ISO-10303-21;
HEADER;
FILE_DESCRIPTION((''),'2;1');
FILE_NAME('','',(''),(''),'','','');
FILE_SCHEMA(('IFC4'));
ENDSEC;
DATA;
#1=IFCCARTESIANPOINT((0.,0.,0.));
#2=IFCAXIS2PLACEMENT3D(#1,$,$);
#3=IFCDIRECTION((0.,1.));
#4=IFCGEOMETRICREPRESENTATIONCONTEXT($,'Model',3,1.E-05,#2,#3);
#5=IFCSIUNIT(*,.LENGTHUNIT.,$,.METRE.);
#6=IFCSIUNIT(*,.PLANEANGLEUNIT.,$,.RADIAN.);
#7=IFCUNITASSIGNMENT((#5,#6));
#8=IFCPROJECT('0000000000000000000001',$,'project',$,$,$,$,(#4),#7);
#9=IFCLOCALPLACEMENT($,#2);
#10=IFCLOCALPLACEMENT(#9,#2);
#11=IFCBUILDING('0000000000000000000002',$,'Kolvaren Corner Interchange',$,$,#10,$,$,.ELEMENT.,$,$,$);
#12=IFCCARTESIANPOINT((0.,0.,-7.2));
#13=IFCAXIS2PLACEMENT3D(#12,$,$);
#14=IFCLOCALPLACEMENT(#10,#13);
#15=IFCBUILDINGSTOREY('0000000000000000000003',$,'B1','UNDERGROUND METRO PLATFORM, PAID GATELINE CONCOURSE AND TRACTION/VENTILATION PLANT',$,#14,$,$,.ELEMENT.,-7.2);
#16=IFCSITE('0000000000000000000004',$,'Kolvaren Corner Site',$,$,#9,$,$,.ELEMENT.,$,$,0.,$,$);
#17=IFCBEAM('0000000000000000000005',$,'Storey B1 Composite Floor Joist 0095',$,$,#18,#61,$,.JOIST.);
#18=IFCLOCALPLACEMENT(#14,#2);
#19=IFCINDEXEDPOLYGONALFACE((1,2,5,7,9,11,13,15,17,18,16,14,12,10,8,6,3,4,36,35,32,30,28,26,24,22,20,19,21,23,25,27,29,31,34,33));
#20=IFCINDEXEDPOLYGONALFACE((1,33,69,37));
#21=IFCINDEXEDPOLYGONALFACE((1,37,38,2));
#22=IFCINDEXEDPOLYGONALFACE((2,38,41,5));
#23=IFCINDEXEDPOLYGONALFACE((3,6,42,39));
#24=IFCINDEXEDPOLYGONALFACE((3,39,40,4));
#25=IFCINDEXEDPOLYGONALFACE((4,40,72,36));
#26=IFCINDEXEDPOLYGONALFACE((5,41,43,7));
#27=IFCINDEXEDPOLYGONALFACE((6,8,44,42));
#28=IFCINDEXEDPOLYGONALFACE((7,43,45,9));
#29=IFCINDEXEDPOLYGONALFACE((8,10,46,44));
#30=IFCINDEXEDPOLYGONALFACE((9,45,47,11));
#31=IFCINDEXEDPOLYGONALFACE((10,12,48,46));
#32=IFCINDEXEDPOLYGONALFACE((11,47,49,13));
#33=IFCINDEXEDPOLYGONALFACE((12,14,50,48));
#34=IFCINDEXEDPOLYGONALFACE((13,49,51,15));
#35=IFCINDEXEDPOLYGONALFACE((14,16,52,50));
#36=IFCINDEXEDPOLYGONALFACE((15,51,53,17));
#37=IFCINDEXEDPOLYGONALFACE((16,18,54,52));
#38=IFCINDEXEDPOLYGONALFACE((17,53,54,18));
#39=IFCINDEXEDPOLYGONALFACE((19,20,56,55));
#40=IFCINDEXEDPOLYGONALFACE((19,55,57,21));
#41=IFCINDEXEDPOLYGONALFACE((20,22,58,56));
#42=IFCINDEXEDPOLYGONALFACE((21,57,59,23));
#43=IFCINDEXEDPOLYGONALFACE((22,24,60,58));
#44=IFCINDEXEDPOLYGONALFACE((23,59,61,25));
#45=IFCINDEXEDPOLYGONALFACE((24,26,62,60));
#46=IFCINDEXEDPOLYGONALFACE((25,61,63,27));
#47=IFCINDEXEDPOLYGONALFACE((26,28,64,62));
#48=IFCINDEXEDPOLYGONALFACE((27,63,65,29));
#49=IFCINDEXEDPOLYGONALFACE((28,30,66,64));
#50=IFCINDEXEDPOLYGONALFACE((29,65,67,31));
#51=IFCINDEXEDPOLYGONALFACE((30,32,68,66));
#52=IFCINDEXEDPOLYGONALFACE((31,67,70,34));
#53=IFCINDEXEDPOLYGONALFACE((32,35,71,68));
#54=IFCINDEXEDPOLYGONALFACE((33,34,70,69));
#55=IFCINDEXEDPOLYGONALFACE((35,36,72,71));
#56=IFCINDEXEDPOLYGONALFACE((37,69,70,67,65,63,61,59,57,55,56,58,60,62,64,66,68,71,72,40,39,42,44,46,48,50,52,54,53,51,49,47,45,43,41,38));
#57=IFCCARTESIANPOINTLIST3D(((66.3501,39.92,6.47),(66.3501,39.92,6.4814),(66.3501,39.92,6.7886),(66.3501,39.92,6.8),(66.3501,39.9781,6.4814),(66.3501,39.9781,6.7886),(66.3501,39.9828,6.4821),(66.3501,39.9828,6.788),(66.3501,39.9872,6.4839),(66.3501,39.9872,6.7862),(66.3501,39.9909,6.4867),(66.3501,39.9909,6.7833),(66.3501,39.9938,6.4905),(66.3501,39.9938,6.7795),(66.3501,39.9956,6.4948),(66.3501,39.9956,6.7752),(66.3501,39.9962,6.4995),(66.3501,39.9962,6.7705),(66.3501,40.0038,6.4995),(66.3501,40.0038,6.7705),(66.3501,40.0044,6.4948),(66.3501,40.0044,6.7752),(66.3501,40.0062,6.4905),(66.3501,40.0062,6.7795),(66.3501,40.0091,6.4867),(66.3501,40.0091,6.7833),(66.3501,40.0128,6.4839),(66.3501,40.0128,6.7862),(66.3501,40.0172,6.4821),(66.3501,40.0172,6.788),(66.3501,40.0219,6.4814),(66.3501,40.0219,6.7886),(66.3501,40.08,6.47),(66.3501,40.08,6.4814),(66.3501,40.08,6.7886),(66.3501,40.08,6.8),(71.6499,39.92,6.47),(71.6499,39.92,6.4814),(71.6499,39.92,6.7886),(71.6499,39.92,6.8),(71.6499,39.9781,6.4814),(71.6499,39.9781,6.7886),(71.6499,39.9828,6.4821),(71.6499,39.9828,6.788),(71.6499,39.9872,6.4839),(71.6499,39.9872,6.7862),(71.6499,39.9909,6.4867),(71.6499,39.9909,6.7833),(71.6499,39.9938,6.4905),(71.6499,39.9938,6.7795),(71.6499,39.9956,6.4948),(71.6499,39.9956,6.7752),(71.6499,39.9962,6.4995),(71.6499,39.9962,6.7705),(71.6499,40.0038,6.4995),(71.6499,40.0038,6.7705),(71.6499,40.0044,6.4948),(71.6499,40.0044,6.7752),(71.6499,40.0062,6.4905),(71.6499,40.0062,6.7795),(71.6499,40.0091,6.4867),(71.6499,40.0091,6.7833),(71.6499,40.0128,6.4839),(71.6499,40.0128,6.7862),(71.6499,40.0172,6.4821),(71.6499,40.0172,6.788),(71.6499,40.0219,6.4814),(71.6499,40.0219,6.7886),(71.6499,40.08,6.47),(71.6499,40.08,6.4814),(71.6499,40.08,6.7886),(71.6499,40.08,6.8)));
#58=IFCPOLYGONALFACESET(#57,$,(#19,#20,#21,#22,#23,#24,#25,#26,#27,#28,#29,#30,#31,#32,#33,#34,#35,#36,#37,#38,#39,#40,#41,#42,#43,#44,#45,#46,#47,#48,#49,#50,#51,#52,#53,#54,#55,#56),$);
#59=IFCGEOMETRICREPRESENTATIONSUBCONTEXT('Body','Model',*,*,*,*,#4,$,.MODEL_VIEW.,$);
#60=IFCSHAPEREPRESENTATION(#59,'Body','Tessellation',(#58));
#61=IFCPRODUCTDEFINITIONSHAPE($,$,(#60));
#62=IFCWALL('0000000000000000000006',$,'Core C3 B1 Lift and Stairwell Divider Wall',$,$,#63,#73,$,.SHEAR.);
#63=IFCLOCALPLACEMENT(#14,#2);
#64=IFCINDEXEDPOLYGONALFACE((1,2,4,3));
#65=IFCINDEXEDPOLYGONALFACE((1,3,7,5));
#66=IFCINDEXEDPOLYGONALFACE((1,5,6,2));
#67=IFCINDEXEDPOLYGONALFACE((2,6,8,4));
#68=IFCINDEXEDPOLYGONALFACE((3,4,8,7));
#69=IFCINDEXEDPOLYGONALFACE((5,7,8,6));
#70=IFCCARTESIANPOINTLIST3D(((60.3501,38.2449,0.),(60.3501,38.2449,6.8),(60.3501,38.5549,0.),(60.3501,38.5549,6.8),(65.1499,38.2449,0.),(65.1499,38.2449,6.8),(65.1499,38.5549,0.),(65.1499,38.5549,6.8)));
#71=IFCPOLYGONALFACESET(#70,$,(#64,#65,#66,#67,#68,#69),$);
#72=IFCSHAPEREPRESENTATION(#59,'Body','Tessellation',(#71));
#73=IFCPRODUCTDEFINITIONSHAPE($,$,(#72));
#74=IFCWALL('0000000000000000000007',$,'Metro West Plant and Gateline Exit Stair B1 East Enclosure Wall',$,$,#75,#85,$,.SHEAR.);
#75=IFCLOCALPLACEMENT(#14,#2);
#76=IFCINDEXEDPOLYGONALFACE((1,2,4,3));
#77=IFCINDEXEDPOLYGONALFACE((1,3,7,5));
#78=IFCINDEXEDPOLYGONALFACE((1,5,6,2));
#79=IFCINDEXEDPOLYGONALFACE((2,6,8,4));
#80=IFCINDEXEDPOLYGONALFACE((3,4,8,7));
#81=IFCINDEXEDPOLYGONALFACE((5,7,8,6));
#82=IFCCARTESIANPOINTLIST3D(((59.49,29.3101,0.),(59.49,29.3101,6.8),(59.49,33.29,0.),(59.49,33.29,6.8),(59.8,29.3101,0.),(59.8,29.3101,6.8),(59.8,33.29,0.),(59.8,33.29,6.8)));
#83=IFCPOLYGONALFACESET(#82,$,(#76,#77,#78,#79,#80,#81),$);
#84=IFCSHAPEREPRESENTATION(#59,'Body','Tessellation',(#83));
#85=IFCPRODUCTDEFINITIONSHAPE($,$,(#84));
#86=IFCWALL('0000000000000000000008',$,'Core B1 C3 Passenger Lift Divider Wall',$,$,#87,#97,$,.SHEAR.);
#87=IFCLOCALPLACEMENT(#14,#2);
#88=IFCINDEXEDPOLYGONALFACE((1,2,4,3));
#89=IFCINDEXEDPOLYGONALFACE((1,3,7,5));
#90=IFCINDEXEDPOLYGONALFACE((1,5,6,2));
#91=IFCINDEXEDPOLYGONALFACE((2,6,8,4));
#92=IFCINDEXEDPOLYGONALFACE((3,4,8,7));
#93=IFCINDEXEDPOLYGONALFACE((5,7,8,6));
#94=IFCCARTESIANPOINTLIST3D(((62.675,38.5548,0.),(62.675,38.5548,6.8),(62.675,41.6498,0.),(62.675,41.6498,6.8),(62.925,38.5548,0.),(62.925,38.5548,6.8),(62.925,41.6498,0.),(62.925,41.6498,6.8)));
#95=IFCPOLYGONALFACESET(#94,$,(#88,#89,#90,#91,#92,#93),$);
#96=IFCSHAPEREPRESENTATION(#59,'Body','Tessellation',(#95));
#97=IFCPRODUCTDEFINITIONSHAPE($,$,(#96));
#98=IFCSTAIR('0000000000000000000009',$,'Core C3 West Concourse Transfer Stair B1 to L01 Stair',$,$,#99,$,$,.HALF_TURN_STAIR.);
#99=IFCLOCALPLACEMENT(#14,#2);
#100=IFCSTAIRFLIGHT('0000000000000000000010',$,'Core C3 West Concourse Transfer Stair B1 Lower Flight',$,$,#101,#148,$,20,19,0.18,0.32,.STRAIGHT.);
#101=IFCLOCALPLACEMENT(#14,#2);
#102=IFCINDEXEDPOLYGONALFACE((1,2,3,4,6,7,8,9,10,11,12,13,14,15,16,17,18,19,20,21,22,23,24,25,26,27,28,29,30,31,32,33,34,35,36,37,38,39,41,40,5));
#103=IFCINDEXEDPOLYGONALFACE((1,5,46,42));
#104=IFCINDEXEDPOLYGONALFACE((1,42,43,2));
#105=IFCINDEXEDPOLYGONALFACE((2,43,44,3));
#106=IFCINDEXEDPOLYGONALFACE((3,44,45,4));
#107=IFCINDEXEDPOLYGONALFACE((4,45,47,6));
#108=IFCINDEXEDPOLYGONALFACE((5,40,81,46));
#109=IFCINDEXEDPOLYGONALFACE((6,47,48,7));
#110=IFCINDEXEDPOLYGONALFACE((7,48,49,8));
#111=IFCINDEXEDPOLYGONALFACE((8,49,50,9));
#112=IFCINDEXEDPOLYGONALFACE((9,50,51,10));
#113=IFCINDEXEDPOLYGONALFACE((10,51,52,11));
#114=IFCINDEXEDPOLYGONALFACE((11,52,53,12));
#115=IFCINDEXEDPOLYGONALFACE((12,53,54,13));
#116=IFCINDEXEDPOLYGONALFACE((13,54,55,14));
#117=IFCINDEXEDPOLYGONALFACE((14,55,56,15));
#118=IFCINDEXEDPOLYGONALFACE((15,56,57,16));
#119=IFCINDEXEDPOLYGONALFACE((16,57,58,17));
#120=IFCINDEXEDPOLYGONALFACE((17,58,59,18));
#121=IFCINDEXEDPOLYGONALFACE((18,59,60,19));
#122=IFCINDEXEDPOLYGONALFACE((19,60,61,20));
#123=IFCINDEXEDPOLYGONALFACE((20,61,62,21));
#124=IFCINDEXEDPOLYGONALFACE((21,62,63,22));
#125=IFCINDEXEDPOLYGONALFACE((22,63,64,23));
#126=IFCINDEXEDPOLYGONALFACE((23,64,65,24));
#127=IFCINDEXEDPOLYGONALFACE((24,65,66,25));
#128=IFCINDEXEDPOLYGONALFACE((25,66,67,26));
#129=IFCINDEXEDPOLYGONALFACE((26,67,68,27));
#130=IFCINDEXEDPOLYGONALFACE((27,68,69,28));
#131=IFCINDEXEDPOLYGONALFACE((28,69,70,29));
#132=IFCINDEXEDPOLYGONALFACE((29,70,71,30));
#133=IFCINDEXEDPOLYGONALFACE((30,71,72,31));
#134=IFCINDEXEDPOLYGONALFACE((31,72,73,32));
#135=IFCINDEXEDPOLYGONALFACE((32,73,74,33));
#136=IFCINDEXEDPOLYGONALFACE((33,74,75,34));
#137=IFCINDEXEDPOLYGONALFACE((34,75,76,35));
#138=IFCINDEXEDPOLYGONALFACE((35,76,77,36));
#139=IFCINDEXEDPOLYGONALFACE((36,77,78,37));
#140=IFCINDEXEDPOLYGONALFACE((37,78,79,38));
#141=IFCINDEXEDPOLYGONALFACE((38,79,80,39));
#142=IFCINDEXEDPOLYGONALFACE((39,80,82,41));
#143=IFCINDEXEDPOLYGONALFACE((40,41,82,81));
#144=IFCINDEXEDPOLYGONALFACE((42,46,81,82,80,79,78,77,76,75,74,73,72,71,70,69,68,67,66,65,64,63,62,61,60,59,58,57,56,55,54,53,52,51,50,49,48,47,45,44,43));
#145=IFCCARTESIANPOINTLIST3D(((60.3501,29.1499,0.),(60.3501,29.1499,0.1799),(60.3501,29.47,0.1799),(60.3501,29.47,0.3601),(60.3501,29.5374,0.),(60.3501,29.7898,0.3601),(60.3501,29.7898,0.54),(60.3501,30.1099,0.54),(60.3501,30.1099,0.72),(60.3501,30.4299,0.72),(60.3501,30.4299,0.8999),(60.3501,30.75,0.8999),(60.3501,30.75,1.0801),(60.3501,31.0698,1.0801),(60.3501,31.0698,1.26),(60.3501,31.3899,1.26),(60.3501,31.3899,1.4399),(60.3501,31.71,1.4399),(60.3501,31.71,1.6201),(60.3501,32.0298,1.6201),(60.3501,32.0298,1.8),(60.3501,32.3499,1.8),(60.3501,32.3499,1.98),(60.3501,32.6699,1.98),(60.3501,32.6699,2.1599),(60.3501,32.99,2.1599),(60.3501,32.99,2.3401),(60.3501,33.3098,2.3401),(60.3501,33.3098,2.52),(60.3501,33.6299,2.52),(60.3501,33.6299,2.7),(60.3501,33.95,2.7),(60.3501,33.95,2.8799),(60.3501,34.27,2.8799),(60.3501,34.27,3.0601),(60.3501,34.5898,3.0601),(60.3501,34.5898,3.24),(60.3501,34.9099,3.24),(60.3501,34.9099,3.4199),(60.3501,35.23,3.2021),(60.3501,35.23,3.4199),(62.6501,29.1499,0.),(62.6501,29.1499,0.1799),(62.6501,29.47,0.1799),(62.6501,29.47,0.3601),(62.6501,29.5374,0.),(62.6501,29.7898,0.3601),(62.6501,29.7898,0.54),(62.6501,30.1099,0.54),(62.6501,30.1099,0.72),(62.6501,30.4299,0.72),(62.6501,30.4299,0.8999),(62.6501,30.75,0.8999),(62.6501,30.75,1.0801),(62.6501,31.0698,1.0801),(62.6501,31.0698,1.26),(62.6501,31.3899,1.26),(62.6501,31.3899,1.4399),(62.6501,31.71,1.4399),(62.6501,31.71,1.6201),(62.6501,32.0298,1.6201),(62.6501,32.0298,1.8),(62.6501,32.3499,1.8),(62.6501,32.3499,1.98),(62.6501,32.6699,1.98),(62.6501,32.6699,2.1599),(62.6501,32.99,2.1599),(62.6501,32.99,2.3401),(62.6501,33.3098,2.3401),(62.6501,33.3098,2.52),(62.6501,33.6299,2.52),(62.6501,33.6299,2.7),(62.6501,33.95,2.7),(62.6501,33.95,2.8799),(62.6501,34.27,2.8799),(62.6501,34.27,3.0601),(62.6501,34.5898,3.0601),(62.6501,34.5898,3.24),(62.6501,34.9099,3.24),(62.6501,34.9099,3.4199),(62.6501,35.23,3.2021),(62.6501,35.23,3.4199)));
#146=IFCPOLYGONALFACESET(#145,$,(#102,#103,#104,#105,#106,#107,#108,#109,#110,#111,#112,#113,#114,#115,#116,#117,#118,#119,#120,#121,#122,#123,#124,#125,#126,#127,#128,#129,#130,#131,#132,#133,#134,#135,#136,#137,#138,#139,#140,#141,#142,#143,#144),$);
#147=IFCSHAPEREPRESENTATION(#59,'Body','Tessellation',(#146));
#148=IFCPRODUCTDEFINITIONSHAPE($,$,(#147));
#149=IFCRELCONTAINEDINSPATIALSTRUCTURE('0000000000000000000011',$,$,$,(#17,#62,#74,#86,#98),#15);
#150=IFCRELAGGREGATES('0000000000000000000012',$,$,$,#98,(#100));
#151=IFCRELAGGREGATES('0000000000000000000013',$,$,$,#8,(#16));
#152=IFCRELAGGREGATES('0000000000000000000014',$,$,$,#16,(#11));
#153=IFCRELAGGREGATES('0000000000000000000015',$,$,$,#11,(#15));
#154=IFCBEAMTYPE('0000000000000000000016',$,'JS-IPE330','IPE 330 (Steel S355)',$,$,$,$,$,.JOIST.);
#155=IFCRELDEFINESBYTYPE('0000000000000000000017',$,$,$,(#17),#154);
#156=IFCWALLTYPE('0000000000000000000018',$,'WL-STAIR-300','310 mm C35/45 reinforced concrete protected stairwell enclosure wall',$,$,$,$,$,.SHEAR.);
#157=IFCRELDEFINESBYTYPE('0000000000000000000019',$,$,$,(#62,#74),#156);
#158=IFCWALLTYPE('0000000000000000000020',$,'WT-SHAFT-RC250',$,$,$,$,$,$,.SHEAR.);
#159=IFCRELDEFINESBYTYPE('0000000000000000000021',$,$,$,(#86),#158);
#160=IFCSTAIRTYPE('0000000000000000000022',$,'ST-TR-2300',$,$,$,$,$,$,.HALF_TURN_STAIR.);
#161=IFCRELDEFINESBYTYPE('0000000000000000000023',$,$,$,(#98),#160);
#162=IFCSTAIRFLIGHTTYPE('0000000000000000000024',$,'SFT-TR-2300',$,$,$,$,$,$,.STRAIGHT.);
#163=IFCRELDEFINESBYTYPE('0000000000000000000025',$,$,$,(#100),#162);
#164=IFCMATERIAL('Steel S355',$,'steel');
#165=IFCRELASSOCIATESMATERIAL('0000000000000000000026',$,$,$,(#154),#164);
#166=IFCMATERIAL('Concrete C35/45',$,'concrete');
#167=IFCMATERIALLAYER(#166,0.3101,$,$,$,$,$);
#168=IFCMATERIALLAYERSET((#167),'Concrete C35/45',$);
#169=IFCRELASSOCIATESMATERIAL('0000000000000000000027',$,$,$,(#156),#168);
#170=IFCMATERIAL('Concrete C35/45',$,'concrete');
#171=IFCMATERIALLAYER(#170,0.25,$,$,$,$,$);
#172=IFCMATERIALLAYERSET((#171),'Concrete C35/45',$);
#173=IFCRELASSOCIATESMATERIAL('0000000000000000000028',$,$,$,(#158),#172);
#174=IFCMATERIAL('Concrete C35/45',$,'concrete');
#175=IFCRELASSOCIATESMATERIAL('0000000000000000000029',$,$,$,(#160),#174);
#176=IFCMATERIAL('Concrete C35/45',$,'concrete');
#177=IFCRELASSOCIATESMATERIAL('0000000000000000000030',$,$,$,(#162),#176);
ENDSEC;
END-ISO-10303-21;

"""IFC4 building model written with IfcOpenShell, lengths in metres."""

from ifc_helpers import new_model, si_unit, direction, frame, frame_2d, origin, origin_2d, place, context, subcontext, project, spatial, polyline, rectangle, i_section, outline, extrude, material, layer, layer_set, material_profile, profile_set, type_object, element, aggregate, save


model = new_model("IFC4")

# Units and contexts
model_context = context("Model", 3, precision=1e-05, world=origin(), true_north=direction((0.0, 1.0)))
body_context = subcontext(model_context, "Body", "Model", "MODEL_VIEW")
ifc_project = project(units=[si_unit("LENGTHUNIT", "METRE"), si_unit("PLANEANGLEUNIT", "RADIAN")], contexts=[model_context])

# Site, building, storey
site_placement = place(None, origin())
site = spatial("IfcSite", under=ifc_project, at=site_placement, Name="Kolvaren Corner Site", CompositionType="ELEMENT", RefElevation=0.0)
building_placement = place(site_placement, origin())
building = spatial("IfcBuilding", under=site, at=building_placement, Name="Kolvaren Corner Interchange", CompositionType="ELEMENT")
storey_placement = place(building_placement, frame((0.0, 0.0, -7.2)))
storey = spatial("IfcBuildingStorey", under=building, at=storey_placement, Name="B1", Description="UNDERGROUND METRO PLATFORM, PAID GATELINE CONCOURSE AND TRACTION/VENTILATION PLANT", CompositionType="ELEMENT", Elevation=-7.2)

# Beam
ifc_material_1 = material(Name="Steel S355", Category="steel")
ifc_material_profile_1 = material_profile(ifc_material_1, i_section(OverallWidth=0.1599, OverallDepth=0.3301, WebThickness=0.0076, FlangeThickness=0.0115, FilletRadius=0.0181, at=origin_2d()), Name="IPE 330")
ifc_profile_set_1 = profile_set([ifc_material_profile_1], Name="Steel S355")
beam_type_1 = type_object("IfcBeamType", Name="JS-IPE330", Description="IPE 330 (Steel S355)", PredefinedType="JOIST", material=ifc_profile_set_1)
for number, where, z_axis, x_axis, name in (
    (1, (66.3501, 40.0, 6.635), (1.0, 0.0, 0.0), (0.0, 1.0, 0.0), "Storey B1 Composite Floor Joist 0095"),
):
    element("IfcBeam", number, at=place(storey_placement, frame(where, z_axis=z_axis, x_axis=x_axis)), inside=storey, type_object=beam_type_1, Name=name, PredefinedType="JOIST", context=body_context, shape_type="SweptSolid", body=[
        extrude(i_section(OverallWidth=0.1599, OverallDepth=0.3301, WebThickness=0.0076, FlangeThickness=0.0115, FilletRadius=0.0181, at=origin_2d()), origin(), (0.0, 0.0, 1.0), 5.2998),
    ])

# Walls
ifc_material_2 = material(Name="Concrete C35/45", Category="concrete")
ifc_layer_1 = layer(ifc_material_2, 0.3101)
ifc_layer_set_1 = layer_set([ifc_layer_1], Name="Concrete C35/45")
wall_type_1 = type_object("IfcWallType", Name="WL-STAIR-300", Description="310 mm C35/45 reinforced concrete protected stairwell enclosure wall", PredefinedType="SHEAR", material=ifc_layer_set_1)
wall_1_placement = place(storey_placement, frame((60.3501, 38.3999, 0.0), z_axis=(0.0, 0.0, 1.0), x_axis=(1.0, 0.0, 0.0)))
element("IfcWall", 2, at=wall_1_placement, inside=storey, type_object=wall_type_1, Name="Core C3 B1 Lift and Stairwell Divider Wall", PredefinedType="SHEAR", context=body_context, shape_type="SweptSolid", body=[
    extrude(rectangle(XDim=4.7998, YDim=0.3101, at=frame_2d((2.3999, 0.0))), origin(), (0.0, 0.0, 1.0), 6.8),
])
wall_2_placement = place(storey_placement, frame((59.645, 29.3101, 0.0), z_axis=(0.0, 0.0, 1.0), x_axis=(0.0, 1.0, 0.0)))
element("IfcWall", 3, at=wall_2_placement, inside=storey, type_object=wall_type_1, Name="Metro West Plant and Gateline Exit Stair B1 East Enclosure Wall", PredefinedType="SHEAR", context=body_context, shape_type="SweptSolid", body=[
    extrude(rectangle(XDim=3.98, YDim=0.3101, at=frame_2d((1.99, 0.0))), origin(), (0.0, 0.0, 1.0), 6.8),
])
ifc_material_3 = material(Name="Concrete C35/45", Category="concrete")
ifc_layer_2 = layer(ifc_material_3, 0.25)
ifc_layer_set_2 = layer_set([ifc_layer_2], Name="Concrete C35/45")
wall_type_2 = type_object("IfcWallType", Name="WT-SHAFT-RC250", PredefinedType="SHEAR", material=ifc_layer_set_2)
wall_3_placement = place(storey_placement, frame((62.8, 38.5549, 0.0), z_axis=(0.0, 0.0, 1.0), x_axis=(0.0, 1.0, 0.0)))
element("IfcWall", 4, at=wall_3_placement, inside=storey, type_object=wall_type_2, Name="Core B1 C3 Passenger Lift Divider Wall", PredefinedType="SHEAR", context=body_context, shape_type="SweptSolid", body=[
    extrude(rectangle(XDim=3.095, YDim=0.25, at=frame_2d((1.5474, 0.0))), origin(), (0.0, 0.0, 1.0), 6.8),
])

# Stair, stair flight
ifc_material_4 = material(Name="Concrete C35/45", Category="concrete")
stair_type = type_object("IfcStairType", Name="ST-TR-2300", PredefinedType="HALF_TURN_STAIR", material=ifc_material_4)
stair_placement = place(storey_placement, origin())
stair = element("IfcStair", 5, at=stair_placement, inside=storey, type_object=stair_type, Name="Core C3 West Concourse Transfer Stair B1 to L01 Stair", PredefinedType="HALF_TURN_STAIR")
ifc_material_5 = material(Name="Concrete C35/45", Category="concrete")
stair_flight_type = type_object("IfcStairFlightType", Name="SFT-TR-2300", PredefinedType="STRAIGHT", material=ifc_material_5)
stair_flight_1_placement = place(storey_placement, frame((61.5, 29.1499, 0.0), z_axis=(0.0, 0.0, 1.0), x_axis=(0.0, 1.0, 0.0)))
stair_flight_1 = element("IfcStairFlight", 6, at=stair_flight_1_placement, type_object=stair_flight_type, Name="Core C3 West Concourse Transfer Stair B1 Lower Flight", NumberOfRisers=20, NumberOfTreads=19, PredefinedType="STRAIGHT", RiserHeight=0.18, TreadLength=0.32, context=body_context, shape_type="SweptSolid", body=[
    extrude(outline(polyline([(0.0, 0.0), (0.0, 0.1799), (0.3201, 0.1799), (0.3201, 0.3601), (0.6399, 0.3601), (0.6399, 0.54), (0.96, 0.54), (0.96, 0.72), (1.28, 0.72), (1.28, 0.8999), (1.6001, 0.8999), (1.6001, 1.0801), (1.9199, 1.0801), (1.9199, 1.26), (2.24, 1.26), (2.24, 1.4399), (2.5601, 1.4399), (2.5601, 1.6201), (2.8799, 1.6201), (2.8799, 1.8), (3.2, 1.8), (3.2, 1.98), (3.52, 1.98), (3.52, 2.1599), (3.8401, 2.1599), (3.8401, 2.3401), (4.1599, 2.3401), (4.1599, 2.52), (4.48, 2.52), (4.48, 2.7), (4.8, 2.7), (4.8, 2.8799), (5.1201, 2.8799), (5.1201, 3.0601), (5.4399, 3.0601), (5.4399, 3.24), (5.76, 3.24), (5.76, 3.4199), (6.0801, 3.4199), (6.0801, 3.6001), (6.0801, 3.2021), (0.3875, 0.0), (0.0, 0.0)])), frame((0.0, 1.1499, 0.0), z_axis=(0.0, -1.0, 0.0), x_axis=(1.0, 0.0, 0.0)), (0.0, 0.0, 1.0), 2.3),
])
aggregate(stair, [stair_flight_1])

save(model, "model.ifc")
